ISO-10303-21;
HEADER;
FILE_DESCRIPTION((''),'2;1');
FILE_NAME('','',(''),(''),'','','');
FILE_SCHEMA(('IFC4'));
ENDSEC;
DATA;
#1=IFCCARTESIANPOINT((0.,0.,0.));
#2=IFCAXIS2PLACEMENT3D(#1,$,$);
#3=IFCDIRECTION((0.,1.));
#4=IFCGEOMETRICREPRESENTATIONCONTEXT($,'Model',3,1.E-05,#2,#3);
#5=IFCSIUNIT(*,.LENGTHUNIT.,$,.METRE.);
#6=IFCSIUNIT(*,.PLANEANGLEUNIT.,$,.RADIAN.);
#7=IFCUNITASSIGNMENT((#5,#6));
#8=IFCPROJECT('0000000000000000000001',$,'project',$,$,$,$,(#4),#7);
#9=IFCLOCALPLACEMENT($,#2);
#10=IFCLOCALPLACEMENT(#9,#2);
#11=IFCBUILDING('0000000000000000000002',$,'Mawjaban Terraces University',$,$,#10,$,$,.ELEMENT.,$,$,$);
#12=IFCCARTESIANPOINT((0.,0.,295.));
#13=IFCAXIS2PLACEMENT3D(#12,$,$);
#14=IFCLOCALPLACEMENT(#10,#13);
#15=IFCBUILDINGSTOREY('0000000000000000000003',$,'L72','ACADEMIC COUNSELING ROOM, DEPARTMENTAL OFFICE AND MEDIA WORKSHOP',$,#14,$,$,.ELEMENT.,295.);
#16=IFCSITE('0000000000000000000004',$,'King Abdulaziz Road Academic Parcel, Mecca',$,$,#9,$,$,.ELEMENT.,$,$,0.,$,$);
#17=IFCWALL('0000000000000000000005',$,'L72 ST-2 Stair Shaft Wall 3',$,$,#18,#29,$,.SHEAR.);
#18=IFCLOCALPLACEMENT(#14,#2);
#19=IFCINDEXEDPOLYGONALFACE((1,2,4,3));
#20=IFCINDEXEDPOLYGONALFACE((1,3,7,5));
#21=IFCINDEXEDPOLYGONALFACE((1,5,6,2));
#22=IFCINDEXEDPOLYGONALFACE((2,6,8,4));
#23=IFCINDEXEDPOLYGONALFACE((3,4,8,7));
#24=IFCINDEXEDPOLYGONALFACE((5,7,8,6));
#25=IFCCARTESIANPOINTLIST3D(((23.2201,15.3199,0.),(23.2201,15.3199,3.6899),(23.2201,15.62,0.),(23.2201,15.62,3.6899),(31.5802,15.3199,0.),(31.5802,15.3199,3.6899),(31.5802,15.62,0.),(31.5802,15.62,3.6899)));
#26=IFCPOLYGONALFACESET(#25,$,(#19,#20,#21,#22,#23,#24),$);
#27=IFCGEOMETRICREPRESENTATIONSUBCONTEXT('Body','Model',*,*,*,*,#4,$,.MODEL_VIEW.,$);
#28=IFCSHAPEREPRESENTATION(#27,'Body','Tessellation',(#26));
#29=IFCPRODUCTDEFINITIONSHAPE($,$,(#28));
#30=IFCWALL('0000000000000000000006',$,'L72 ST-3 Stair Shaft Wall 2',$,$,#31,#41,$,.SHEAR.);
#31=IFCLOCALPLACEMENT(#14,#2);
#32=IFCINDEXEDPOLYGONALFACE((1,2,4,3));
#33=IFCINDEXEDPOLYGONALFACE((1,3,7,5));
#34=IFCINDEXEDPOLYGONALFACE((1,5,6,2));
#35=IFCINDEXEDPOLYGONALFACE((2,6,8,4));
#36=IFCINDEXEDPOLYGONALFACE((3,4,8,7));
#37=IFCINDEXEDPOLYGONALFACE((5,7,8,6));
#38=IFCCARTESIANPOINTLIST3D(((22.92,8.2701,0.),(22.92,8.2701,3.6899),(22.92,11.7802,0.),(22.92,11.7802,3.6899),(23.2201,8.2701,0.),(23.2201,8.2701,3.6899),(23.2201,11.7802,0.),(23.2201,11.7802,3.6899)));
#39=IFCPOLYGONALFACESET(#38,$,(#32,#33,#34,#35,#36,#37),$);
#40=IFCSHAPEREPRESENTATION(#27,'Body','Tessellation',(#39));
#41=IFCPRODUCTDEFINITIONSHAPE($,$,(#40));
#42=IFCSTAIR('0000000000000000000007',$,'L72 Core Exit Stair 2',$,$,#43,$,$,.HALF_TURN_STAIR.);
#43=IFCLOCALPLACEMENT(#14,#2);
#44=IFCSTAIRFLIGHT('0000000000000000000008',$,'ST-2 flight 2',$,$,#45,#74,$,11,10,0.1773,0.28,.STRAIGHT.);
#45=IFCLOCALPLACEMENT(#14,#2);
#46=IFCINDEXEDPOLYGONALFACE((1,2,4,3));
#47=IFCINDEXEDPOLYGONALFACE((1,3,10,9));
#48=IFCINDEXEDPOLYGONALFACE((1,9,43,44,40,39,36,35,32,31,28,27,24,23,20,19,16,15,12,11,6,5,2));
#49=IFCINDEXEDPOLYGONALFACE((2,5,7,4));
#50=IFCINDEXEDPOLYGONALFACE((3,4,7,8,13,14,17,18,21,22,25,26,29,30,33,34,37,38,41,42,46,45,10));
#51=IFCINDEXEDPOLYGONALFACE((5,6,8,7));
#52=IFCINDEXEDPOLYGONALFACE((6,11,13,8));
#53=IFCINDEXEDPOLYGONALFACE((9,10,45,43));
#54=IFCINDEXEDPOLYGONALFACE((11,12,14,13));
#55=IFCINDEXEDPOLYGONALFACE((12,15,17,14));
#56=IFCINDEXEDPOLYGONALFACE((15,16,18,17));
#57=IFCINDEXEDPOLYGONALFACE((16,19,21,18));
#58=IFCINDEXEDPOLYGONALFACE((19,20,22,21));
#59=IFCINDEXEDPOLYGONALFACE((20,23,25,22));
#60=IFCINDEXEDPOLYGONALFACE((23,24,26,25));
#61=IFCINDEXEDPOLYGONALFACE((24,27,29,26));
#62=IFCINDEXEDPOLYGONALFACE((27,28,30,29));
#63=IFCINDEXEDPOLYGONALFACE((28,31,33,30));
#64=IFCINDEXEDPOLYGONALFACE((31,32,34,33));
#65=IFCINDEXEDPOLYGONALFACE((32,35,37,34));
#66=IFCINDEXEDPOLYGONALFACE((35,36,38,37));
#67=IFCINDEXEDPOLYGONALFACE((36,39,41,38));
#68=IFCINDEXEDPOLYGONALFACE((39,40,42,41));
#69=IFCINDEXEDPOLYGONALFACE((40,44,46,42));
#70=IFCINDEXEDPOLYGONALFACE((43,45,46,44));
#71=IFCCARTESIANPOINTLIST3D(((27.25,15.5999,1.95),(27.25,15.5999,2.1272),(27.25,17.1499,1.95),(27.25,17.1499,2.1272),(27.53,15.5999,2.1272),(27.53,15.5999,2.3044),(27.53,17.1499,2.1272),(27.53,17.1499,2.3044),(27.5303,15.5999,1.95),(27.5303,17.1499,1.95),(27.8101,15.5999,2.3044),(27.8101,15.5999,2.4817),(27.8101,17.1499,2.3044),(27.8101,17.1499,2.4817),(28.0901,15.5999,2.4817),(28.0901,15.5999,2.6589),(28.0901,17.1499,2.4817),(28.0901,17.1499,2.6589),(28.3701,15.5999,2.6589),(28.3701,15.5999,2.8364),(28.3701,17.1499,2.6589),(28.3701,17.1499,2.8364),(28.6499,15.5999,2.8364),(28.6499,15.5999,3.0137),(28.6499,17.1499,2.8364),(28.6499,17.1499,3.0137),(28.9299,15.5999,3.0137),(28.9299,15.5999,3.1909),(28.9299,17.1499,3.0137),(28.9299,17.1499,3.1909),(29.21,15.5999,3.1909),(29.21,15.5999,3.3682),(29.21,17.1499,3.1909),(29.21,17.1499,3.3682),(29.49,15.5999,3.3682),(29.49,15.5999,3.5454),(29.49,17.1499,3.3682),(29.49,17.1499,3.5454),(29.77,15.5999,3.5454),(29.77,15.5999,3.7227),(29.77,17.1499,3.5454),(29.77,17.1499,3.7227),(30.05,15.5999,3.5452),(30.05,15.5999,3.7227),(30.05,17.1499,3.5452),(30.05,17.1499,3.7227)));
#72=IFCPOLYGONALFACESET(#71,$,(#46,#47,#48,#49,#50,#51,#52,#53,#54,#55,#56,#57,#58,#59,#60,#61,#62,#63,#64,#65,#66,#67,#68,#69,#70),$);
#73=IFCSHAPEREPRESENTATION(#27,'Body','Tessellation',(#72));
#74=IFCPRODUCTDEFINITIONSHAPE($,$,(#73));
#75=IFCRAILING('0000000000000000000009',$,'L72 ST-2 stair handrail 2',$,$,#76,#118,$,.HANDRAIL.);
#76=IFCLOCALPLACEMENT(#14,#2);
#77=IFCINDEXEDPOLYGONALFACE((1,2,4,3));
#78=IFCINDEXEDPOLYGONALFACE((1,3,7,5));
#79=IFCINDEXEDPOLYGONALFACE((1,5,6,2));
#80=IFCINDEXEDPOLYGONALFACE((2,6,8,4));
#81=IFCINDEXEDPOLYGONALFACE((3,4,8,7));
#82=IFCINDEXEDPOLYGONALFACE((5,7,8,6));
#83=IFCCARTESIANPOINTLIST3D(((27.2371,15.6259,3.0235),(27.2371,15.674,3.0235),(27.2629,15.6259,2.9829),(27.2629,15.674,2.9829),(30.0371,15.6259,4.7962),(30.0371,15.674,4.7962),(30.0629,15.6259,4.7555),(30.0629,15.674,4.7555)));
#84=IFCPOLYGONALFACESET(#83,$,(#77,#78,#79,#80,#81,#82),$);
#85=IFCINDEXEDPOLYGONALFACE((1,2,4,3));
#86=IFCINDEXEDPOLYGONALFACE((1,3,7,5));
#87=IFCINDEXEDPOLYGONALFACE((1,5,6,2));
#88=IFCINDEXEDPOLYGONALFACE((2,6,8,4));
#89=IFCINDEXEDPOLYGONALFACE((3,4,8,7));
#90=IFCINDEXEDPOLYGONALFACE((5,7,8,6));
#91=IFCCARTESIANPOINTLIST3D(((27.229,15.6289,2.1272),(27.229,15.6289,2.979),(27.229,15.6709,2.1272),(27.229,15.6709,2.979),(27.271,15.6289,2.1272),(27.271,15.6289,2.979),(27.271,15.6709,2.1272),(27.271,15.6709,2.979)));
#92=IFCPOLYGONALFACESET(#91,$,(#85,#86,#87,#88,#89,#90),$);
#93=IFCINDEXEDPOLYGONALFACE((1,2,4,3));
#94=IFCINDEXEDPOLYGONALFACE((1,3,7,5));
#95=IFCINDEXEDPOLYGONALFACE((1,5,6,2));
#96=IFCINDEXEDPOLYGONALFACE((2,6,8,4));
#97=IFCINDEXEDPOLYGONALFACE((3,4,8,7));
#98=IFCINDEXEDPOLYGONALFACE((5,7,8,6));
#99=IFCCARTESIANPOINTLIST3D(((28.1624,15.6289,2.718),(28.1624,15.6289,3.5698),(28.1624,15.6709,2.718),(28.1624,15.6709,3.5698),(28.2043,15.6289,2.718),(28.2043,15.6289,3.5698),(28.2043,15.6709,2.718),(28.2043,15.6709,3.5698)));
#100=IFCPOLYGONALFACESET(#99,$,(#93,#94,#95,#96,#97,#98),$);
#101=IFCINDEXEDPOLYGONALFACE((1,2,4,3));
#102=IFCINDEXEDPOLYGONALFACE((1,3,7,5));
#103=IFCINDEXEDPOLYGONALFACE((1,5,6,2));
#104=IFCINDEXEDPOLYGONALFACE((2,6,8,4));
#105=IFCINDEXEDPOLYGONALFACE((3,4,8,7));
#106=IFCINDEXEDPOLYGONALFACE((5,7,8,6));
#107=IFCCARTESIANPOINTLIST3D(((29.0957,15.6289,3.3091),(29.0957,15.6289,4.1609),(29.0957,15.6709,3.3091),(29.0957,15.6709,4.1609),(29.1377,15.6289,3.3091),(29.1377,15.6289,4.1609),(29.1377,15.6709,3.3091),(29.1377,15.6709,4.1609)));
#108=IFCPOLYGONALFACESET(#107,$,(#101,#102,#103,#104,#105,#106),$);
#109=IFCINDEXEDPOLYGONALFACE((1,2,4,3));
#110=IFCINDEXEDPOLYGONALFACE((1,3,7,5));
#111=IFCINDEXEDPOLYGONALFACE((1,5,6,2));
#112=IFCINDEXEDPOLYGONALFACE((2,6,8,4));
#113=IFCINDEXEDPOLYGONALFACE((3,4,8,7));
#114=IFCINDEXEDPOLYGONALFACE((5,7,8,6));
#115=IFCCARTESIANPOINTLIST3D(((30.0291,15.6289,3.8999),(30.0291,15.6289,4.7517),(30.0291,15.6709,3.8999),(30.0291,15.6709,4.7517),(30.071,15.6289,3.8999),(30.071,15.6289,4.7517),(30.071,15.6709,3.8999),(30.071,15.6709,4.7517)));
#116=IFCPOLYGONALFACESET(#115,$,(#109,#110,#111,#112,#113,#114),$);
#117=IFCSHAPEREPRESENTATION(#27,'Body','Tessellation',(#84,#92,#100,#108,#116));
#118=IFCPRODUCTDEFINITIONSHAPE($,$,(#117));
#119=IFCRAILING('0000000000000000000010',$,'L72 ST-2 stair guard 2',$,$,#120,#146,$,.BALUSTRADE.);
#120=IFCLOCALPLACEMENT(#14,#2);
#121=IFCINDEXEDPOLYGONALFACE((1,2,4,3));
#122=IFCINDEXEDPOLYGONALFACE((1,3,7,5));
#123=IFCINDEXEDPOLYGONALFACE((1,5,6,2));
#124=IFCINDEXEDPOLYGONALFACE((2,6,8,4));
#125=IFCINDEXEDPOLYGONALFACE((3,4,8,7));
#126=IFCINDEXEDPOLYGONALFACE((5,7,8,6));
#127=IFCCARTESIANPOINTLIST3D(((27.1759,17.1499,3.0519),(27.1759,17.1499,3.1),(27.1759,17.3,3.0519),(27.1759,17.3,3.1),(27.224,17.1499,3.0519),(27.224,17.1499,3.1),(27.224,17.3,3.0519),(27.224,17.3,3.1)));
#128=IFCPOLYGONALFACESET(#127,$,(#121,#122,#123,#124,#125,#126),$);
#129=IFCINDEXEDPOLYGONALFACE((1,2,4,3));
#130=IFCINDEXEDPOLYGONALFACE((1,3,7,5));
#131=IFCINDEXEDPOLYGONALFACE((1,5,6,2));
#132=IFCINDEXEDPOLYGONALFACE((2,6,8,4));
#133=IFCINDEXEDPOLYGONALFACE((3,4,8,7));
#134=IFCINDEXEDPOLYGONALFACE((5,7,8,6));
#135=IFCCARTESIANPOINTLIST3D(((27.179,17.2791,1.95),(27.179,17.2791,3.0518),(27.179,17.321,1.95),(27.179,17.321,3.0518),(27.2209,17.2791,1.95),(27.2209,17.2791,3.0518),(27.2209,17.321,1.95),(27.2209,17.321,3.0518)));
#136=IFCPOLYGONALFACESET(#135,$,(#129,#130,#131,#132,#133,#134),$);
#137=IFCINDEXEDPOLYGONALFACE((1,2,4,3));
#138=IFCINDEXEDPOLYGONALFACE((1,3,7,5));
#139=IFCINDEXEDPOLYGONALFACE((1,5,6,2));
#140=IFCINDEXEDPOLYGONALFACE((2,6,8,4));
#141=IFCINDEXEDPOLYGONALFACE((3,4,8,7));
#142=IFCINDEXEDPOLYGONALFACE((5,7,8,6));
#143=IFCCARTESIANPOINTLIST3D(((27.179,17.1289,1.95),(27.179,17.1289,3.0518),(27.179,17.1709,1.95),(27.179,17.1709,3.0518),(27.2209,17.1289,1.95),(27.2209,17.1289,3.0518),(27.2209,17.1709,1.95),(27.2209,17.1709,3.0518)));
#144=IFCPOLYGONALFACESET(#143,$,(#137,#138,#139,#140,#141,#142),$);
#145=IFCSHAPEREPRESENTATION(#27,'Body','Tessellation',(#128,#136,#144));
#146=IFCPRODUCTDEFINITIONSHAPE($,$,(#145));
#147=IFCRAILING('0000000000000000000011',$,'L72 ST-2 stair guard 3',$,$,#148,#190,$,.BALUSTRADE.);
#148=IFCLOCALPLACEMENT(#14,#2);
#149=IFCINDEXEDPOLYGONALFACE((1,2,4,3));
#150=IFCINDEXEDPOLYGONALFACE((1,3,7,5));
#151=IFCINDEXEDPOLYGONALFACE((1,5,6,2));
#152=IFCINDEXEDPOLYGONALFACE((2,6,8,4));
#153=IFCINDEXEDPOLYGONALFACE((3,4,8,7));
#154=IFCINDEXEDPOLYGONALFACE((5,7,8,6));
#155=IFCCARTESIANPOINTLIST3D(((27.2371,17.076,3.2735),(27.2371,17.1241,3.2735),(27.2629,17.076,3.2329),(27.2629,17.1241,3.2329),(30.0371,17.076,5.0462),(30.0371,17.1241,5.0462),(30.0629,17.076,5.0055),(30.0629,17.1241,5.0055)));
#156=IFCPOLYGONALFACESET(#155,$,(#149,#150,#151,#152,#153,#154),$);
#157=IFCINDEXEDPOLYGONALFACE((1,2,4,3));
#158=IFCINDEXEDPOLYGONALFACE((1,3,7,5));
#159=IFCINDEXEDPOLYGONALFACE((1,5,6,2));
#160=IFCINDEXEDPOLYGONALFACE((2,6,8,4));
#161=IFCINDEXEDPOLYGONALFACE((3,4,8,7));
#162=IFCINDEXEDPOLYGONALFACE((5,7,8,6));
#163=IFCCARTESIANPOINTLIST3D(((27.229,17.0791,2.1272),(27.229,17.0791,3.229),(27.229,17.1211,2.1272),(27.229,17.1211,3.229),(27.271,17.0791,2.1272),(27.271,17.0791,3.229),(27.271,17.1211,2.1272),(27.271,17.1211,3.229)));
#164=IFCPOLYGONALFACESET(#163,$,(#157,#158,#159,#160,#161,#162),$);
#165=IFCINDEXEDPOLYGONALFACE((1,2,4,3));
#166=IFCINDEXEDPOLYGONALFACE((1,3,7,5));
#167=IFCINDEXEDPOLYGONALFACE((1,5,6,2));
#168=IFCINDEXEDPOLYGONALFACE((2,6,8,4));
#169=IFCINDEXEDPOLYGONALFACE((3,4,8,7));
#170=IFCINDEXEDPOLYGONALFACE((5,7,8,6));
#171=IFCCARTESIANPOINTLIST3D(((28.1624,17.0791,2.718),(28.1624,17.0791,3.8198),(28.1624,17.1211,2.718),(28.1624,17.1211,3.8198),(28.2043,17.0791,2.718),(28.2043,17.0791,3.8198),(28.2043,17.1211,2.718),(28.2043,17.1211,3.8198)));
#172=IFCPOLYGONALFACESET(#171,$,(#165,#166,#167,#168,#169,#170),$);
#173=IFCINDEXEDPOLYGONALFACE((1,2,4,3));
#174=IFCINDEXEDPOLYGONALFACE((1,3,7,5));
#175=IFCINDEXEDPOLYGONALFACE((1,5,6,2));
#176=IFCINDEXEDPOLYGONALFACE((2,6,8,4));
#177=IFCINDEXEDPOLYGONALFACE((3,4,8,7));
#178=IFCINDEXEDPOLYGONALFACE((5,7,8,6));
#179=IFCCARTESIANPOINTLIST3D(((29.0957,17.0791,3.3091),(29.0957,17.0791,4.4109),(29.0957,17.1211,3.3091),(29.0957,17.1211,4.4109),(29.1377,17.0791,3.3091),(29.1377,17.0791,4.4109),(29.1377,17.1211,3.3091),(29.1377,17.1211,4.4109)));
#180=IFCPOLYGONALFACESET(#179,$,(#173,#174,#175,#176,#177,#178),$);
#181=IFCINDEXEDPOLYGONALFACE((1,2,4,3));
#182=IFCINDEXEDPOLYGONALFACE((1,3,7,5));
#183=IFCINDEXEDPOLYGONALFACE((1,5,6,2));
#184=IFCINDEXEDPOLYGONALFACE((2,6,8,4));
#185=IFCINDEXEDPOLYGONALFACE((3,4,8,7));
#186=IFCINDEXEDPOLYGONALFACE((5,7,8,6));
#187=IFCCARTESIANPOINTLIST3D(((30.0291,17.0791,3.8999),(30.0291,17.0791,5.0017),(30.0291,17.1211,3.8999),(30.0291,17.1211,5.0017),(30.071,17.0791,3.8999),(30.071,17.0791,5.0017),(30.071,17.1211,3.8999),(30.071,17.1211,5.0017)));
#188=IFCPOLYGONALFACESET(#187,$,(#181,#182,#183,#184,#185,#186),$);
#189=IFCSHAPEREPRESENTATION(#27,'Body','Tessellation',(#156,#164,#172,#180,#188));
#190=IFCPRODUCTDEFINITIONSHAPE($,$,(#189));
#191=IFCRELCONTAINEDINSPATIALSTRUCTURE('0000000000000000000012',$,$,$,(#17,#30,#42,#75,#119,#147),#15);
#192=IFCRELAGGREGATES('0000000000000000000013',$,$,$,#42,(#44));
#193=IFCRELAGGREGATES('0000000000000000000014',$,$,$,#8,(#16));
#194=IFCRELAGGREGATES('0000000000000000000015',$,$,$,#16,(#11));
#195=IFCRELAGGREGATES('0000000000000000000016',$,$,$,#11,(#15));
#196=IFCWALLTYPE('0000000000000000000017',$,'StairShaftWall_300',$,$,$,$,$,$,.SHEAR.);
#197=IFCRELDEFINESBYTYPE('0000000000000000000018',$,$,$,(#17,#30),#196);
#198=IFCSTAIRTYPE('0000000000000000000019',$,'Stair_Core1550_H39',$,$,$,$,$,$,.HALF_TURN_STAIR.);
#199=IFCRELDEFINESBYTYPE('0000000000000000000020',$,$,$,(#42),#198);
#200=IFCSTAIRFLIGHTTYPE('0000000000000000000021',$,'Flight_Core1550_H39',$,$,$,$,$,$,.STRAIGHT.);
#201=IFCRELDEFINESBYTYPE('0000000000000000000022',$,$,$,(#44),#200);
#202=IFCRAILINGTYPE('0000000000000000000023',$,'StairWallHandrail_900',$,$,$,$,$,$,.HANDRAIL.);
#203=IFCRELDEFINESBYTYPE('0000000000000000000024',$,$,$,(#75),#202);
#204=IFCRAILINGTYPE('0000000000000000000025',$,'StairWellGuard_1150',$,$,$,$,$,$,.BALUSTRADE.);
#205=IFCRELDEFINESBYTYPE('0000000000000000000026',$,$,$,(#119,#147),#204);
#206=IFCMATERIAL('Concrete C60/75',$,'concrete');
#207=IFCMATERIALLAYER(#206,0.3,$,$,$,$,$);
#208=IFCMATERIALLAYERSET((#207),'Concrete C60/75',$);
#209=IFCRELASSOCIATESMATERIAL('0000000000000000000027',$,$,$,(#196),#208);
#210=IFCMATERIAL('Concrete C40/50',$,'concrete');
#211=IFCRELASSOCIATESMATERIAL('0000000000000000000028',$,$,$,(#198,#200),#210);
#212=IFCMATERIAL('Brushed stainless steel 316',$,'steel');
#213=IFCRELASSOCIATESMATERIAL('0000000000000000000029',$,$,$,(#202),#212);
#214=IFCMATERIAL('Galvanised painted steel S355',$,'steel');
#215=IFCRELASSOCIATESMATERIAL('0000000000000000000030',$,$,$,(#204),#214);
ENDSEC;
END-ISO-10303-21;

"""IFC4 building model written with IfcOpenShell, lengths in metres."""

from ifc_helpers import new_model, si_unit, direction, frame, frame_2d, origin, origin_2d, place, context, subcontext, project, spatial, polyline, rectangle, outline, extrude, material, layer, layer_set, type_object, element, aggregate, save


model = new_model("IFC4")

# Units and contexts
model_context = context("Model", 3, precision=1e-05, world=origin(), true_north=direction((0.0, 1.0)))
body_context = subcontext(model_context, "Body", "Model", "MODEL_VIEW")
ifc_project = project(units=[si_unit("LENGTHUNIT", "METRE"), si_unit("PLANEANGLEUNIT", "RADIAN")], contexts=[model_context])

# Site, building, storey
site_placement = place(None, origin())
site = spatial("IfcSite", under=ifc_project, at=site_placement, Name="King Abdulaziz Road Academic Parcel, Mecca", CompositionType="ELEMENT", RefElevation=0.0)
building_placement = place(site_placement, origin())
building = spatial("IfcBuilding", under=site, at=building_placement, Name="Mawjaban Terraces University", CompositionType="ELEMENT")
storey_placement = place(building_placement, frame((0.0, 0.0, 295.0)))
storey = spatial("IfcBuildingStorey", under=building, at=storey_placement, Name="L72", Description="ACADEMIC COUNSELING ROOM, DEPARTMENTAL OFFICE AND MEDIA WORKSHOP", CompositionType="ELEMENT", Elevation=295.0)

# Walls
ifc_material_1 = material(Name="Concrete C40/50", Category="concrete")
ifc_material_2 = material(Name="Concrete C60/75", Category="concrete")
ifc_layer_1 = layer(ifc_material_2, 0.3)
ifc_layer_set_1 = layer_set([ifc_layer_1], Name="Concrete C60/75")
wall_type_1 = type_object("IfcWallType", Name="StairShaftWall_300", PredefinedType="SHEAR", material=ifc_layer_set_1)
wall_1_placement = place(storey_placement, frame((23.22, 15.47, 0.0), z_axis=(0.0, 0.0, 1.0), x_axis=(1.0, 0.0, 0.0)))
element("IfcWall", 1, at=wall_1_placement, inside=storey, type_object=wall_type_1, Name="L72 ST-2 Stair Shaft Wall 3", PredefinedType="SHEAR", context=body_context, shape_type="SweptSolid", body=[
    extrude(rectangle(XDim=8.3601, YDim=0.3, at=frame_2d((4.1802, 0.0))), origin(), (0.0, 0.0, 1.0), 3.6899),
])
wall_2_placement = place(storey_placement, frame((23.0701, 11.78, 0.0), z_axis=(0.0, 0.0, 1.0), x_axis=(0.0, -1.0, 0.0)))
element("IfcWall", 2, at=wall_2_placement, inside=storey, type_object=wall_type_1, Name="L72 ST-3 Stair Shaft Wall 2", PredefinedType="SHEAR", context=body_context, shape_type="SweptSolid", body=[
    extrude(rectangle(XDim=3.51, YDim=0.3, at=frame_2d((1.7549, 0.0))), origin(), (0.0, 0.0, 1.0), 3.6899),
])

# Stair, stair flight
stair_type = type_object("IfcStairType", Name="Stair_Core1550_H39", PredefinedType="HALF_TURN_STAIR", material=ifc_material_1)
stair_placement = place(storey_placement, origin())
stair = element("IfcStair", 3, at=stair_placement, inside=storey, type_object=stair_type, Name="L72 Core Exit Stair 2", PredefinedType="HALF_TURN_STAIR")
stair_flight_type = type_object("IfcStairFlightType", Name="Flight_Core1550_H39", PredefinedType="STRAIGHT", material=ifc_material_1)
stair_flight_placement = place(storey_placement, frame((27.25, 16.375, 1.95), z_axis=(0.0, 0.0, 1.0), x_axis=(1.0, 0.0, 0.0)))
stair_flight = element("IfcStairFlight", 4, at=stair_flight_placement, type_object=stair_flight_type, Name="ST-2 flight 2", NumberOfRisers=11, NumberOfTreads=10, PredefinedType="STRAIGHT", RiserHeight=0.1773, TreadLength=0.28, context=body_context, shape_type="SweptSolid", body=[
    extrude(outline(polyline([(0.0, 0.0), (0.0, 0.1772), (0.28, 0.1772), (0.28, 0.3545), (0.5601, 0.3545), (0.5601, 0.5317), (0.8401, 0.5317), (0.8401, 0.709), (1.1201, 0.709), (1.1201, 0.8865), (1.3999, 0.8865), (1.3999, 1.0637), (1.6799, 1.0637), (1.6799, 1.241), (1.96, 1.241), (1.96, 1.4182), (2.24, 1.4182), (2.24, 1.5955), (2.52, 1.5955), (2.52, 1.7727), (2.8, 1.7727), (2.8, 1.95), (2.8, 1.5952), (0.2803, 0.0), (0.0, 0.0)])), frame((0.0, 0.7749, 0.0), z_axis=(0.0, -1.0, 0.0), x_axis=(1.0, 0.0, 0.0)), (0.0, 0.0, 1.0), 1.55),
])
aggregate(stair, [stair_flight])

# Railings
ifc_material_3 = material(Name="Brushed stainless steel 316", Category="steel")
railing_type_1 = type_object("IfcRailingType", Name="StairWallHandrail_900", PredefinedType="HANDRAIL", material=ifc_material_3)
railing_1_placement = place(storey_placement, frame((27.25, 15.6499, 2.1272)))
element("IfcRailing", 5, at=railing_1_placement, inside=storey, type_object=railing_type_1, Name="L72 ST-2 stair handrail 2", PredefinedType="HANDRAIL", context=body_context, shape_type="SweptSolid", body=[
    extrude(rectangle(XDim=0.0481, YDim=0.0481, at=origin_2d()), frame((0.0, 0.0, 0.876), z_axis=(0.844909, 0.0, 0.53491), x_axis=(0.0, 1.0, 0.0)), (0.0, 0.0, 1.0), 3.314),
    extrude(rectangle(XDim=0.042, YDim=0.042, at=origin_2d()), origin(), (0.0, 0.0, 1.0), 0.8518),
    extrude(rectangle(XDim=0.042, YDim=0.042, at=origin_2d()), frame((0.9333, 0.0, 0.5908)), (0.0, 0.0, 1.0), 0.8518),
    extrude(rectangle(XDim=0.042, YDim=0.042, at=origin_2d()), frame((1.8667, 0.0, 1.1819)), (0.0, 0.0, 1.0), 0.8518),
    extrude(rectangle(XDim=0.042, YDim=0.042, at=origin_2d()), frame((2.8, 0.0, 1.7727)), (0.0, 0.0, 1.0), 0.8518),
])
ifc_material_4 = material(Name="Galvanised painted steel S355", Category="steel")
railing_type_2 = type_object("IfcRailingType", Name="StairWellGuard_1150", PredefinedType="BALUSTRADE", material=ifc_material_4)
railing_2_placement = place(storey_placement, frame((27.2, 17.3, 1.95)))
element("IfcRailing", 6, at=railing_2_placement, inside=storey, type_object=railing_type_2, Name="L72 ST-2 stair guard 2", PredefinedType="BALUSTRADE", context=body_context, shape_type="SweptSolid", body=[
    extrude(rectangle(XDim=0.0481, YDim=0.0481, at=origin_2d()), frame((0.0, 0.0, 1.126), z_axis=(0.0, -1.0, 0.0), x_axis=(1.0, 0.0, 0.0)), (0.0, 0.0, 1.0), 0.1501),
    extrude(rectangle(XDim=0.042, YDim=0.042, at=origin_2d()), origin(), (0.0, 0.0, 1.0), 1.1018),
    extrude(rectangle(XDim=0.042, YDim=0.042, at=origin_2d()), frame((0.0, -0.1501, 0.0)), (0.0, 0.0, 1.0), 1.1018),
])
railing_3_placement = place(storey_placement, frame((27.25, 17.1001, 2.1272)))
element("IfcRailing", 7, at=railing_3_placement, inside=storey, type_object=railing_type_2, Name="L72 ST-2 stair guard 3", PredefinedType="BALUSTRADE", context=body_context, shape_type="SweptSolid", body=[
    extrude(rectangle(XDim=0.0481, YDim=0.0481, at=origin_2d()), frame((0.0, 0.0, 1.126), z_axis=(0.844909, 0.0, 0.53491), x_axis=(0.0, 1.0, 0.0)), (0.0, 0.0, 1.0), 3.314),
    extrude(rectangle(XDim=0.042, YDim=0.042, at=origin_2d()), origin(), (0.0, 0.0, 1.0), 1.1018),
    extrude(rectangle(XDim=0.042, YDim=0.042, at=origin_2d()), frame((0.9333, 0.0, 0.5908)), (0.0, 0.0, 1.0), 1.1018),
    extrude(rectangle(XDim=0.042, YDim=0.042, at=origin_2d()), frame((1.8667, 0.0, 1.1819)), (0.0, 0.0, 1.0), 1.1018),
    extrude(rectangle(XDim=0.042, YDim=0.042, at=origin_2d()), frame((2.8, 0.0, 1.7727)), (0.0, 0.0, 1.0), 1.1018),
])

save(model, "model.ifc")
